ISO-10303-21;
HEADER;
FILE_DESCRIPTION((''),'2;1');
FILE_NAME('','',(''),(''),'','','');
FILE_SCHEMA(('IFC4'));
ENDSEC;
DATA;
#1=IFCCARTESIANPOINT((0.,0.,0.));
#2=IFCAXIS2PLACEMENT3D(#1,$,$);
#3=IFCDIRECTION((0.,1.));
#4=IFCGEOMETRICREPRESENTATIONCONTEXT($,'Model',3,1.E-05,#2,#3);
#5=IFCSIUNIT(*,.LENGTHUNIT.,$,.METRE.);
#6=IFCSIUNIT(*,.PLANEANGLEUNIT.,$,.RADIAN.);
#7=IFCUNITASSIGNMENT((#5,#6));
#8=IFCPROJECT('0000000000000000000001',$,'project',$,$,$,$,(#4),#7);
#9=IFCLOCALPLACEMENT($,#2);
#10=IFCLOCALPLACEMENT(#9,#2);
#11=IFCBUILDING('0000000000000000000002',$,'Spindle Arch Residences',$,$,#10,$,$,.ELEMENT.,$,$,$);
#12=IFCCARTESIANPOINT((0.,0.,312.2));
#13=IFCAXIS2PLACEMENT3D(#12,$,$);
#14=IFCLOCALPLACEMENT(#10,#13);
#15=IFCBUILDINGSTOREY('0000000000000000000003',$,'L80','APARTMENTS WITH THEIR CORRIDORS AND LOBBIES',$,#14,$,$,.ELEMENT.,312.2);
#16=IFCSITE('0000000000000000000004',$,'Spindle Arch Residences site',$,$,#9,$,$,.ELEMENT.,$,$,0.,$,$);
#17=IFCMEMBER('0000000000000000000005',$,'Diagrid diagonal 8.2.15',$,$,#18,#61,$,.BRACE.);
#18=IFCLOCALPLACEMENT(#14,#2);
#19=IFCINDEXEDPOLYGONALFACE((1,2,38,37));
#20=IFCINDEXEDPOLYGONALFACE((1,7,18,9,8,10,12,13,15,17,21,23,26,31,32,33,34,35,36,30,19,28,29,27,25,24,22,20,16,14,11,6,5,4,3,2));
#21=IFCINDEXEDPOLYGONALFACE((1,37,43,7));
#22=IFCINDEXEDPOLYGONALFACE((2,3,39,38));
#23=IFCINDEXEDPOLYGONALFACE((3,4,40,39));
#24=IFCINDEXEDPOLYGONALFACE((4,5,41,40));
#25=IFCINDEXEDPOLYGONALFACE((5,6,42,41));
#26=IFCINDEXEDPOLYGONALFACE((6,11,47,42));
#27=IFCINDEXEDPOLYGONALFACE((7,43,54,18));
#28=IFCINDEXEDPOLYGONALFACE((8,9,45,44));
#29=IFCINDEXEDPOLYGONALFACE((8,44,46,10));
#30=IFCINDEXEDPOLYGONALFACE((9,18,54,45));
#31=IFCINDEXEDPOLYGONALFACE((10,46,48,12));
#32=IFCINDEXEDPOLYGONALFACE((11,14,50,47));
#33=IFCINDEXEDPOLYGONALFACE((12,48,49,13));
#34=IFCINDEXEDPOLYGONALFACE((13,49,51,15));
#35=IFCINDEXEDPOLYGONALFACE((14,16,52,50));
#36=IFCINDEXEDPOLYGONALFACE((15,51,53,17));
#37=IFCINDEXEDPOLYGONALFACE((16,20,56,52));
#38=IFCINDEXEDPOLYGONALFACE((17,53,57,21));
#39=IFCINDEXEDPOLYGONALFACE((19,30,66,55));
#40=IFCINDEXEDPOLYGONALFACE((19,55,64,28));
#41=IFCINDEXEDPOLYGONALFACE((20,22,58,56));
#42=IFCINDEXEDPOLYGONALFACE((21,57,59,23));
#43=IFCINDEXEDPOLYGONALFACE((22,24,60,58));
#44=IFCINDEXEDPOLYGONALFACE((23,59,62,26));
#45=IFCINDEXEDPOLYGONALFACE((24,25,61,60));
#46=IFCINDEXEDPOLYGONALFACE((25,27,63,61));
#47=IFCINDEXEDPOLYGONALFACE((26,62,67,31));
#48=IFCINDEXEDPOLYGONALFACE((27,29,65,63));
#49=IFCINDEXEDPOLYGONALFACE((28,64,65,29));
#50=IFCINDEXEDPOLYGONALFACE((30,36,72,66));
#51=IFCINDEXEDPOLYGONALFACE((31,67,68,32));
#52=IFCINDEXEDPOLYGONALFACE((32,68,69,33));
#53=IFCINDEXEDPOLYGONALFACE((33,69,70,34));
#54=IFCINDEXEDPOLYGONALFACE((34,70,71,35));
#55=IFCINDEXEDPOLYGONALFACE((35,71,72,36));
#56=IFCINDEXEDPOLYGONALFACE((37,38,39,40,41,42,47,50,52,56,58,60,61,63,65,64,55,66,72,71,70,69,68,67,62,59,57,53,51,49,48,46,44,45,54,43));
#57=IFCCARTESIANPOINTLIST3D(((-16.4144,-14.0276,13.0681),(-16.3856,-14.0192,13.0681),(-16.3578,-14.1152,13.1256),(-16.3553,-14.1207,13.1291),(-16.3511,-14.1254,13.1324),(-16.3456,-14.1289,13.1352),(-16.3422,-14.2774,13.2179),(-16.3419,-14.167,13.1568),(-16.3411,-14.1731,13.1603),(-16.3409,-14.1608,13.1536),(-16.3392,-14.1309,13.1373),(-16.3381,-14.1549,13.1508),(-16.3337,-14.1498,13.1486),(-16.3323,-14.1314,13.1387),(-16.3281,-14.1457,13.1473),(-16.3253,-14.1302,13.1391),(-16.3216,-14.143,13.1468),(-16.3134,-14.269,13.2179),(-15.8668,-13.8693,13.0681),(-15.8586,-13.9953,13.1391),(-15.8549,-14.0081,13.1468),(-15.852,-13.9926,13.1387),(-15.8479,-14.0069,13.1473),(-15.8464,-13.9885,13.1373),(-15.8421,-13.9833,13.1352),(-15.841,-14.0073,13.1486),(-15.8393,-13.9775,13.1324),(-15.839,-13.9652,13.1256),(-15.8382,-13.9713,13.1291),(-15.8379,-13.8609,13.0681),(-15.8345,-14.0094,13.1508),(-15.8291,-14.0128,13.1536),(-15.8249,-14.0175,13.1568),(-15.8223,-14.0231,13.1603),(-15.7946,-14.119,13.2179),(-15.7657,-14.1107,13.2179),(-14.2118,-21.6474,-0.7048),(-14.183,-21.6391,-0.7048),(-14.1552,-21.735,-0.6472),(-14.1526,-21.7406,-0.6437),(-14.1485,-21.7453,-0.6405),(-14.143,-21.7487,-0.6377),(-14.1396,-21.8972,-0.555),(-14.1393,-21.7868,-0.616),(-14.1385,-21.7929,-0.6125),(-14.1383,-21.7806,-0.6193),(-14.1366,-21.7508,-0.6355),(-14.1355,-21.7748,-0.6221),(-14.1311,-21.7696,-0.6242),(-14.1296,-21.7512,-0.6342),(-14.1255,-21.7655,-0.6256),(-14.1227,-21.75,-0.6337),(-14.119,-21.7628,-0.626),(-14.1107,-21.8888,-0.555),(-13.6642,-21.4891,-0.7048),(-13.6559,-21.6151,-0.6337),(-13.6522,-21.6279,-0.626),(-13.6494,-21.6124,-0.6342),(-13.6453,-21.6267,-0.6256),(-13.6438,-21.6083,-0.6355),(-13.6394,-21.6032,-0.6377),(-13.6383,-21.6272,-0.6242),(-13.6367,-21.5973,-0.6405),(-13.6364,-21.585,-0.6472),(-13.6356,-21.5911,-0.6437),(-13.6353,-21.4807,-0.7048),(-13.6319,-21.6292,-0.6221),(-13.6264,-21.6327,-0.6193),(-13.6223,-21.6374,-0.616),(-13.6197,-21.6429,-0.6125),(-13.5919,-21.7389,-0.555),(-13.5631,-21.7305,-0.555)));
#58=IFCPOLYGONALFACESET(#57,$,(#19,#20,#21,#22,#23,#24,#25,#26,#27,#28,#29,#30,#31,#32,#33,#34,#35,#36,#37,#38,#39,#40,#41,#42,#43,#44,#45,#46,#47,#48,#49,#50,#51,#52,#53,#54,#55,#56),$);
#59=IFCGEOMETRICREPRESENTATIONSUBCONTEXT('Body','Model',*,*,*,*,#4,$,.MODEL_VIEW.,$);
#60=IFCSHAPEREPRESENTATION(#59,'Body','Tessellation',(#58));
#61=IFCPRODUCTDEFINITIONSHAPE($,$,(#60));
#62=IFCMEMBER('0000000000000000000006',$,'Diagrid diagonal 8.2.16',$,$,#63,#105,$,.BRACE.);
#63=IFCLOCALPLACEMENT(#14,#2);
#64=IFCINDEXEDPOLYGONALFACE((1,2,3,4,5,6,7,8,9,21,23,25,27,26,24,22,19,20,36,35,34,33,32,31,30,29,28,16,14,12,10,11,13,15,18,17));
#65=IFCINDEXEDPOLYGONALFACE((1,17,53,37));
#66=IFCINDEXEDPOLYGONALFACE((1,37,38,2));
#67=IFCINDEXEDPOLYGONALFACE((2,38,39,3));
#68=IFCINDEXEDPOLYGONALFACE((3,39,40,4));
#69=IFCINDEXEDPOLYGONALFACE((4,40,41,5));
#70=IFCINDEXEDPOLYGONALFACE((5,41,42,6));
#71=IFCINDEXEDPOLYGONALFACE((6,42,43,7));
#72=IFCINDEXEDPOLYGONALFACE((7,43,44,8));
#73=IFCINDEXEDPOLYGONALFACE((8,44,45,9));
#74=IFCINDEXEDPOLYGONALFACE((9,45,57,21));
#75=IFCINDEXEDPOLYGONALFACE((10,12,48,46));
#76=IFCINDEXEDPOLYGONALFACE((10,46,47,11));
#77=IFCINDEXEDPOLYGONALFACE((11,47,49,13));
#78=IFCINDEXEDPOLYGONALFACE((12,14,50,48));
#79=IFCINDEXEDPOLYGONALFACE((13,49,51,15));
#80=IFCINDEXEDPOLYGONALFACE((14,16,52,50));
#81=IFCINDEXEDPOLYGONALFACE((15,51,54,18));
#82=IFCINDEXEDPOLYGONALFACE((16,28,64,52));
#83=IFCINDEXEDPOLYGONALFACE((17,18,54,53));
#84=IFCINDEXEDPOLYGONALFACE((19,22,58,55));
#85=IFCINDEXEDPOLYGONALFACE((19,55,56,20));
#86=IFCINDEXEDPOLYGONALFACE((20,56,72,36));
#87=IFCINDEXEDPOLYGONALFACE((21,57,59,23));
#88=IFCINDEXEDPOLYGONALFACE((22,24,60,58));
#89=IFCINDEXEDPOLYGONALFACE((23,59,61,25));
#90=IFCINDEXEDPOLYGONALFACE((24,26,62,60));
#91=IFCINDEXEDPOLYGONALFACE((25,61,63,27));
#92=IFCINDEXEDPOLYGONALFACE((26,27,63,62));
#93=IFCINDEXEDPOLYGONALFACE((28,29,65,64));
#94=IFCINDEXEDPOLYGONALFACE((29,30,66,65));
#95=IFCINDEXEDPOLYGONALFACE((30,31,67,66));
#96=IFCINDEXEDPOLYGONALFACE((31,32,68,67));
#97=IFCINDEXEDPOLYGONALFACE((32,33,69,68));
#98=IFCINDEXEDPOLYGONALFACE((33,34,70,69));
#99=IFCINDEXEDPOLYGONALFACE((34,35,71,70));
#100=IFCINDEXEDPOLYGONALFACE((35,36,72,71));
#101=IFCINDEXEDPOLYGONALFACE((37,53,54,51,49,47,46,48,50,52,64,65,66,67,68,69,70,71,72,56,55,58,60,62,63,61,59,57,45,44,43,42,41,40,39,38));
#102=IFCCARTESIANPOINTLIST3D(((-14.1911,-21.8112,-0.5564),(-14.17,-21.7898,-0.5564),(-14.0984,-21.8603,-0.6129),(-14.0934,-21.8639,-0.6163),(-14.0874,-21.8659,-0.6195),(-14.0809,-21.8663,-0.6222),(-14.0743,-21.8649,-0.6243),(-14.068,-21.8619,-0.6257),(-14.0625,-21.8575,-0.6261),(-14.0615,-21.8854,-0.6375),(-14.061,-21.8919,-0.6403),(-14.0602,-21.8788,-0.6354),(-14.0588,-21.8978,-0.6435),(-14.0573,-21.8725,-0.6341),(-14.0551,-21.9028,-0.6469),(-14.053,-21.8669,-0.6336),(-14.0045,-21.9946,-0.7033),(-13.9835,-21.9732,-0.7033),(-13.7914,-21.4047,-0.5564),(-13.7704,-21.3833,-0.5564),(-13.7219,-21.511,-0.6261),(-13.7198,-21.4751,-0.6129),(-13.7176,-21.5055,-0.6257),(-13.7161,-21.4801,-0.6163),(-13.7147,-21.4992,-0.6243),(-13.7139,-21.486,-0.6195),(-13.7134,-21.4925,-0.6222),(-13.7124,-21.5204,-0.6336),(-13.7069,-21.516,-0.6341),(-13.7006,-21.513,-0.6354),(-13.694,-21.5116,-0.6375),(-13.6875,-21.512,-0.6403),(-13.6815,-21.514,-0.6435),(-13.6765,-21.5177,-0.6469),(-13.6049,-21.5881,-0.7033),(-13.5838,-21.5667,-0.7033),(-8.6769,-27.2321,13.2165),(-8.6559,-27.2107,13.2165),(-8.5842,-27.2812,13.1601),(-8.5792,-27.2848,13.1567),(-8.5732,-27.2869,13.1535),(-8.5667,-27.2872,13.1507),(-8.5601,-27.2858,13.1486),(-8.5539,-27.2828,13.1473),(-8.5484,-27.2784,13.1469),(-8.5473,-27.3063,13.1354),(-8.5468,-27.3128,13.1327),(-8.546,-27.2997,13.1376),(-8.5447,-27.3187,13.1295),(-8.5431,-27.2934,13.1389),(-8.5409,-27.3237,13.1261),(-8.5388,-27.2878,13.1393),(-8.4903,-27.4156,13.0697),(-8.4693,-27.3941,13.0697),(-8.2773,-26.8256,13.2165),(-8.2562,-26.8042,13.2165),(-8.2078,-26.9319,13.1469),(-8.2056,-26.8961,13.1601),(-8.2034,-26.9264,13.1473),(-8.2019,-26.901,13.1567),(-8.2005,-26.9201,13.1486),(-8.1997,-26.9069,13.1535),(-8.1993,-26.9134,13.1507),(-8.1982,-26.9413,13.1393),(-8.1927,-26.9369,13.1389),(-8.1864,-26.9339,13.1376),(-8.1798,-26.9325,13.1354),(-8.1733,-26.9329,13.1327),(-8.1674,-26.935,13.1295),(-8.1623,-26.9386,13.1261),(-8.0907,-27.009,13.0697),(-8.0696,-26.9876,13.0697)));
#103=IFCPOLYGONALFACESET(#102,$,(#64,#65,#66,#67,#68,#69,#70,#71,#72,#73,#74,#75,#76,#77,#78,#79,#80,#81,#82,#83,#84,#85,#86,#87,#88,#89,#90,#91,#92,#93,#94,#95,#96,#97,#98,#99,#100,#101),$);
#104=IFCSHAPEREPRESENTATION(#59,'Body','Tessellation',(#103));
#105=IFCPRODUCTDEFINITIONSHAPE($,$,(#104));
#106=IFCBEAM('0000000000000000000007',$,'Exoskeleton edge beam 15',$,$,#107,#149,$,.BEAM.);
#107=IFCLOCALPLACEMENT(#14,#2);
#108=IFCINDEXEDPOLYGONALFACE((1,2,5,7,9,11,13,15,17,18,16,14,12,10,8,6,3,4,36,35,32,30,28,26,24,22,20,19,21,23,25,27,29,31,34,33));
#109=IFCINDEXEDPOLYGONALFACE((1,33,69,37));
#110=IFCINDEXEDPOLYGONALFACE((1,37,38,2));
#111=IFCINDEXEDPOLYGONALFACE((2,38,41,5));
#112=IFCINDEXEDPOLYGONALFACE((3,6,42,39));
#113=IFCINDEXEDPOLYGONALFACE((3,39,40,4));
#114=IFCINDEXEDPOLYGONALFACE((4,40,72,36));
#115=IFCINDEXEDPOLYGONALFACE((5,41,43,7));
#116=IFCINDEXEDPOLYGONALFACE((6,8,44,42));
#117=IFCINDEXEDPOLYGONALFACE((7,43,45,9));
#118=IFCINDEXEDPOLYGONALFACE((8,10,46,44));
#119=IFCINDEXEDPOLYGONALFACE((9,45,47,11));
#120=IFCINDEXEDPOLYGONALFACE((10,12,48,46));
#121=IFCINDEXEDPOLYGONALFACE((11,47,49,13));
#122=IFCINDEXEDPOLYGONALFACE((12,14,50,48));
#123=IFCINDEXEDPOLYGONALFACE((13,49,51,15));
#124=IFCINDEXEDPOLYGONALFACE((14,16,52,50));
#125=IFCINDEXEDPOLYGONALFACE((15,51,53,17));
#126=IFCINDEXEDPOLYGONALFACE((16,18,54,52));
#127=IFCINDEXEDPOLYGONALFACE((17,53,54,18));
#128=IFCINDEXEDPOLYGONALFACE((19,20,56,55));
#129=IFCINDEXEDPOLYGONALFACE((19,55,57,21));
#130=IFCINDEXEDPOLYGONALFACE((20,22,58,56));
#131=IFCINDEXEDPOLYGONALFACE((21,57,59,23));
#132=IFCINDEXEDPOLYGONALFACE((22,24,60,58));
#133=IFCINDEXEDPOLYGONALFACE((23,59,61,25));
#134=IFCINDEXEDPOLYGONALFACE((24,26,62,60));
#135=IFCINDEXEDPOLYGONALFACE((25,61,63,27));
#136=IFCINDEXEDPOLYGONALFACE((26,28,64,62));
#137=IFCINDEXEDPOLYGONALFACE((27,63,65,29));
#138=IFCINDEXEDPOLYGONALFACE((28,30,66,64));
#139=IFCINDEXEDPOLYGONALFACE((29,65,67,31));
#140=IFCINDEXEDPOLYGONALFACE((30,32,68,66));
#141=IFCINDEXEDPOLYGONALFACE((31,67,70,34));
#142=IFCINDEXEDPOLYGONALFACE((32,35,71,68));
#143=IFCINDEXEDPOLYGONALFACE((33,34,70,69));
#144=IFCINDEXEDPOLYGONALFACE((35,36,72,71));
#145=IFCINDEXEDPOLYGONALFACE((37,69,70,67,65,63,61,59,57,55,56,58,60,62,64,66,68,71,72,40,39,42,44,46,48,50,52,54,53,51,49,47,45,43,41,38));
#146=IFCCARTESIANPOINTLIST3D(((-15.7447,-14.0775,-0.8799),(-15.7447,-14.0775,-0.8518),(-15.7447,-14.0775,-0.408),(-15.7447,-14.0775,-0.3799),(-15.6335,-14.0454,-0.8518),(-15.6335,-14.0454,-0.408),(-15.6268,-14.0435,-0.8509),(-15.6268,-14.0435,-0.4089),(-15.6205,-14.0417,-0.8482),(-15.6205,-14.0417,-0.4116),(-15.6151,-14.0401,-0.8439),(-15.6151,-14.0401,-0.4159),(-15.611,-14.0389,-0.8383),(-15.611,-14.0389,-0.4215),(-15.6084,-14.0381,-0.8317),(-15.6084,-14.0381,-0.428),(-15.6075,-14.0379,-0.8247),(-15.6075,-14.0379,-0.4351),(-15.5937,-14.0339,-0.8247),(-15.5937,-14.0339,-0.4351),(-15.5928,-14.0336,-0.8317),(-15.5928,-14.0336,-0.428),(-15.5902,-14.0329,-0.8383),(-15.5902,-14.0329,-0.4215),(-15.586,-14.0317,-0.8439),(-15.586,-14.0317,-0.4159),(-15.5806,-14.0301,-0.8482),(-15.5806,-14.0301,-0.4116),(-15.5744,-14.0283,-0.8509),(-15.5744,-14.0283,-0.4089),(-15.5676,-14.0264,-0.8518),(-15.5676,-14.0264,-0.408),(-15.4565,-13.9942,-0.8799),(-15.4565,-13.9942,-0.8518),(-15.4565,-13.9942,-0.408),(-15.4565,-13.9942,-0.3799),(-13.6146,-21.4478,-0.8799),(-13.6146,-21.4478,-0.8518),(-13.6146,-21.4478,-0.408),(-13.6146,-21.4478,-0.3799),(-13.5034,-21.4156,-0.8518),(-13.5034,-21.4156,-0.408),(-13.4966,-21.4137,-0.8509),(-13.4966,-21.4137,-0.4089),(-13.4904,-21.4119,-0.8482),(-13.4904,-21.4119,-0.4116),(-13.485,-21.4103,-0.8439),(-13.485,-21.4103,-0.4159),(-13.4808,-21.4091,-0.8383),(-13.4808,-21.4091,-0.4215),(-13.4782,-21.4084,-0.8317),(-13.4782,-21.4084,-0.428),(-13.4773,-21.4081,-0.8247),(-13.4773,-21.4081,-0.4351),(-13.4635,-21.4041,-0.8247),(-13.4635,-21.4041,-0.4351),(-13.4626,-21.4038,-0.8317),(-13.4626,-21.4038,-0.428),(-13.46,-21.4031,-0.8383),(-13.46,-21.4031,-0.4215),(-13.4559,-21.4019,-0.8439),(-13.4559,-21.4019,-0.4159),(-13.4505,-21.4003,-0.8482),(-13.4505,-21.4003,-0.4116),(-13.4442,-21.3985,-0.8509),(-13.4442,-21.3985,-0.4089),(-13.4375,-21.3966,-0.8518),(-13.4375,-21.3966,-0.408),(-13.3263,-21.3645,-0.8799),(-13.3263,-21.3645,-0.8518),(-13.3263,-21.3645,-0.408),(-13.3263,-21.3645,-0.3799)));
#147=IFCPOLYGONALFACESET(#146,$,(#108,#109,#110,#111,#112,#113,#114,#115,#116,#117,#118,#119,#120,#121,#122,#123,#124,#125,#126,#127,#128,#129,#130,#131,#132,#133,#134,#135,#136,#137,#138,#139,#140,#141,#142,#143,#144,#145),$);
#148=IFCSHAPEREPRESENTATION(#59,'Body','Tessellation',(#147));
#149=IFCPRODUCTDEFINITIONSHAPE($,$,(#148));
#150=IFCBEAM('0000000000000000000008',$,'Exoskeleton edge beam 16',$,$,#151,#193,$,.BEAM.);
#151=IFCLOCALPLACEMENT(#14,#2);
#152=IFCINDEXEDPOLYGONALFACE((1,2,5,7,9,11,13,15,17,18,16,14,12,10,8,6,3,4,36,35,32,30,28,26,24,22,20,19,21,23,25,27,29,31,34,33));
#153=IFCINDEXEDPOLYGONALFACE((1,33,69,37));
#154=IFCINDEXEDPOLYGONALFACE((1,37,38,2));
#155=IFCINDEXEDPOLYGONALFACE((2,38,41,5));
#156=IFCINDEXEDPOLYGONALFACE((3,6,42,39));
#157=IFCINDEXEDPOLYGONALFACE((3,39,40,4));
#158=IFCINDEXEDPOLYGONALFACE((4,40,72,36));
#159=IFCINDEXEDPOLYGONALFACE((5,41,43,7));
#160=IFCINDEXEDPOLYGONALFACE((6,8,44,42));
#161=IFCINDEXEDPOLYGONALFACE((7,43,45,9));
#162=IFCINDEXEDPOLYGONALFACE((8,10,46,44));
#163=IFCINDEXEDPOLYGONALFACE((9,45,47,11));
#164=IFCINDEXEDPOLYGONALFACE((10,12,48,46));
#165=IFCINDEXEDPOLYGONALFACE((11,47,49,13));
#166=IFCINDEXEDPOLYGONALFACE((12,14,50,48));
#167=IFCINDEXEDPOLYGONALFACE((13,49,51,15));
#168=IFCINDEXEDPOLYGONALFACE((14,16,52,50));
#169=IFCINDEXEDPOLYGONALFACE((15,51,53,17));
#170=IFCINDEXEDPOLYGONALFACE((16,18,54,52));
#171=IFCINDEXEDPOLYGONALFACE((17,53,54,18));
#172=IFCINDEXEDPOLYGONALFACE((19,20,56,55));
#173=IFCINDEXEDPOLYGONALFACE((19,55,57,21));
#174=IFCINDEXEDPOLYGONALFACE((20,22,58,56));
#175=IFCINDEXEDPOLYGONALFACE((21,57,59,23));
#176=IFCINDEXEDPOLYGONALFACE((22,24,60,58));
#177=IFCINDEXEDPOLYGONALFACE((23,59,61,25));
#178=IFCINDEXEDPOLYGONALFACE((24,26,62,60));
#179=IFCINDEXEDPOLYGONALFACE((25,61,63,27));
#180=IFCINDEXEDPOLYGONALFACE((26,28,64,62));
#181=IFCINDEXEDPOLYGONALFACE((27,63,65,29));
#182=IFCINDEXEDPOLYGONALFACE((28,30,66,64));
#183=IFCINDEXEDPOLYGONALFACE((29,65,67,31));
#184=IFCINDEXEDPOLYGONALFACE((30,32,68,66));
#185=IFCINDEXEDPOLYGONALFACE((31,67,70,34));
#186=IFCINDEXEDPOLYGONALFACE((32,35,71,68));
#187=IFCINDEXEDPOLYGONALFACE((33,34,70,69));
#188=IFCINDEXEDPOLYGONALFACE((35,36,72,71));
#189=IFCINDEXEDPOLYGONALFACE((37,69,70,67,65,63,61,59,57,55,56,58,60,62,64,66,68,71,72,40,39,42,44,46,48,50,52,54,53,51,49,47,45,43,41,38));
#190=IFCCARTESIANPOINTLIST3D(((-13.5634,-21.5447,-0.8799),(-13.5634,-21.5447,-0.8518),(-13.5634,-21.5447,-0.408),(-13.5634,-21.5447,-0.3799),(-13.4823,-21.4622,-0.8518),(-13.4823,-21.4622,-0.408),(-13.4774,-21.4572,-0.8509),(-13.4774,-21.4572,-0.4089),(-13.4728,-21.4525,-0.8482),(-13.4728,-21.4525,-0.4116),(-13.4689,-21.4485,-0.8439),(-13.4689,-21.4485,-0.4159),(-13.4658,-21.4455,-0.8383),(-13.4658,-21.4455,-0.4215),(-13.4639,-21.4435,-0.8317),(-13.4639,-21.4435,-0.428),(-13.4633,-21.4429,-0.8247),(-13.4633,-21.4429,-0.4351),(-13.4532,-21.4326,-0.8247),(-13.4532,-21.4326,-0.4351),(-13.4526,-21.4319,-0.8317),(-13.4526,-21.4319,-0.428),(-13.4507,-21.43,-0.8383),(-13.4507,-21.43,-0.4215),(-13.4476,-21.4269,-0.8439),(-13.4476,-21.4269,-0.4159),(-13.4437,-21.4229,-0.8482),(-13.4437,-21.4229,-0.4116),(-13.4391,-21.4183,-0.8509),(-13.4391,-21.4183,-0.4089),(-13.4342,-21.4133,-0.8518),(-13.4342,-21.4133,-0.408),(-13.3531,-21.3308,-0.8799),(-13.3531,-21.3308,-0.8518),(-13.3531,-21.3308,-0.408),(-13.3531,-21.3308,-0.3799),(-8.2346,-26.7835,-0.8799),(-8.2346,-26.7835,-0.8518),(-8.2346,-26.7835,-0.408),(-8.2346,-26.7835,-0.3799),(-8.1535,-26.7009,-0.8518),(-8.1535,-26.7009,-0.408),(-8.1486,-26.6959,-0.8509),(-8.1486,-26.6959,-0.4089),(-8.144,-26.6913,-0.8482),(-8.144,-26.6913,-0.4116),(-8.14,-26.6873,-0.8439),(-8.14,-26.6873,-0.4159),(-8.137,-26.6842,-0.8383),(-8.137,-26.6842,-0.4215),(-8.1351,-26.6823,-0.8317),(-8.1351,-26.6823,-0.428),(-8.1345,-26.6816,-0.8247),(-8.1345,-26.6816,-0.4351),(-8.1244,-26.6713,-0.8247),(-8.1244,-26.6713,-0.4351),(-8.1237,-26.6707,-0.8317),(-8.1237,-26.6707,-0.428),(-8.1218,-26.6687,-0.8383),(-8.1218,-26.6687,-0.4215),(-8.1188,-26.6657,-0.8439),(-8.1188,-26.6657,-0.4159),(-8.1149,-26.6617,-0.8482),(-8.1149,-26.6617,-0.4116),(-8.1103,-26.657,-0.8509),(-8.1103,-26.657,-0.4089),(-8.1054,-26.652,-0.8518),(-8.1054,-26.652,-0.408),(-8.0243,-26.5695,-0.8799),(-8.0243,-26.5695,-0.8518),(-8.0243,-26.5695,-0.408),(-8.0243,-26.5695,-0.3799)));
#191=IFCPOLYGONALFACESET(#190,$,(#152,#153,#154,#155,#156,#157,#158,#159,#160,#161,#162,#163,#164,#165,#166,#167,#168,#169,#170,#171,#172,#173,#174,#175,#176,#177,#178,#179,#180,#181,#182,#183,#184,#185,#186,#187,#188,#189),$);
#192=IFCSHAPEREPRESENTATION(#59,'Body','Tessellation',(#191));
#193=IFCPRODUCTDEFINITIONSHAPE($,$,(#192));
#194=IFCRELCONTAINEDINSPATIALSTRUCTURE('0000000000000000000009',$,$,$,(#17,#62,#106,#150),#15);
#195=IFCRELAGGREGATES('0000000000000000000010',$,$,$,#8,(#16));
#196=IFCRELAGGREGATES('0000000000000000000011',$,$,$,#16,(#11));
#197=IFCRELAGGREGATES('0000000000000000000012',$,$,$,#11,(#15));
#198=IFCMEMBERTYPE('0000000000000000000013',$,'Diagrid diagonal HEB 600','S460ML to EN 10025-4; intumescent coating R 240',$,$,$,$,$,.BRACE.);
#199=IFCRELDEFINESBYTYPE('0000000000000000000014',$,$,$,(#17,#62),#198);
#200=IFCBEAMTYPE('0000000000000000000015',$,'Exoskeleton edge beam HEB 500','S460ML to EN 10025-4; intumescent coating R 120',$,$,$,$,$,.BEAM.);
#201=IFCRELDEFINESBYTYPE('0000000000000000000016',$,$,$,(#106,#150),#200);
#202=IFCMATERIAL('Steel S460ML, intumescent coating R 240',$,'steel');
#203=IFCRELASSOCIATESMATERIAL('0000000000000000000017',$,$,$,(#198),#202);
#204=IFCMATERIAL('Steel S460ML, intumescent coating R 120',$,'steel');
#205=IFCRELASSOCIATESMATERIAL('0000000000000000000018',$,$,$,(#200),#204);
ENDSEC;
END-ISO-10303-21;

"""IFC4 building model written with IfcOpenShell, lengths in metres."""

from ifc_helpers import new_model, si_unit, direction, frame, origin, origin_2d, place, context, subcontext, project, spatial, i_section, extrude, material, material_profile, profile_set, type_object, element, save


model = new_model("IFC4")

# Units and contexts
model_context = context("Model", 3, precision=1e-05, world=origin(), true_north=direction((0.0, 1.0)))
body_context = subcontext(model_context, "Body", "Model", "MODEL_VIEW")
ifc_project = project(units=[si_unit("LENGTHUNIT", "METRE"), si_unit("PLANEANGLEUNIT", "RADIAN")], contexts=[model_context])

# Site, building, storey
site_placement = place(None, origin())
site = spatial("IfcSite", under=ifc_project, at=site_placement, Name="Spindle Arch Residences site", CompositionType="ELEMENT", RefElevation=0.0)
building_placement = place(site_placement, origin())
building = spatial("IfcBuilding", under=site, at=building_placement, Name="Spindle Arch Residences", CompositionType="ELEMENT")
storey_placement = place(building_placement, frame((0.0, 0.0, 312.2)))
storey = spatial("IfcBuildingStorey", under=building, at=storey_placement, Name="L80", Description="APARTMENTS WITH THEIR CORRIDORS AND LOBBIES", CompositionType="ELEMENT", Elevation=312.2)

# Members
ifc_material_1 = material(Name="Steel S460ML, intumescent coating R 240", Category="steel")
ifc_material_profile_1 = material_profile(ifc_material_1, i_section(OverallWidth=0.3, OverallDepth=0.6001, WebThickness=0.0154, FlangeThickness=0.03, FilletRadius=0.0271, at=origin_2d()), Name="HEB 600")
ifc_profile_set_1 = profile_set([ifc_material_profile_1], Name="Steel S460ML, intumescent coating R 240")
member_type_1 = type_object("IfcMemberType", Name="Diagrid diagonal HEB 600", Description="S460ML to EN 10025-4; intumescent coating R 240", PredefinedType="BRACE", material=ifc_profile_set_1)
member_1_placement = place(storey_placement, frame((-13.8875, -21.689, -0.6299), z_axis=(-0.138586, 0.479429, 0.866569), x_axis=(0.240642, -0.832486, 0.499057)))
element("IfcMember", 1, at=member_1_placement, inside=storey, type_object=member_type_1, Name="Diagrid diagonal 8.2.15", PredefinedType="BRACE", context=body_context, shape_type="SweptSolid", body=[
    extrude(i_section(OverallWidth=0.3, OverallDepth=0.6001, WebThickness=0.0154, FlangeThickness=0.03, FilletRadius=0.0271, at=origin_2d()), origin(), (0.0, 0.0, 1.0), 15.8936),
])
member_2_placement = place(storey_placement, frame((-13.8875, -21.689, -0.6299), z_axis=(0.349105, -0.343201, 0.871974), x_axis=(-0.621815, 0.611298, 0.489552)))
element("IfcMember", 2, at=member_2_placement, inside=storey, type_object=member_type_1, Name="Diagrid diagonal 8.2.16", PredefinedType="BRACE", context=body_context, shape_type="SweptSolid", body=[
    extrude(i_section(OverallWidth=0.3, OverallDepth=0.6001, WebThickness=0.0154, FlangeThickness=0.03, FilletRadius=0.0271, at=origin_2d()), origin(), (0.0, 0.0, 1.0), 15.7952),
])

# Beams
ifc_material_2 = material(Name="Steel S460ML, intumescent coating R 120", Category="steel")
ifc_material_profile_2 = material_profile(ifc_material_2, i_section(OverallWidth=0.3, OverallDepth=0.5, WebThickness=0.0144, FlangeThickness=0.0281, FilletRadius=0.0271, at=origin_2d()), Name="HEB 500")
ifc_profile_set_2 = profile_set([ifc_material_profile_2], Name="Steel S460ML, intumescent coating R 120")
beam_type_1 = type_object("IfcBeamType", Name="Exoskeleton edge beam HEB 500", Description="S460ML to EN 10025-4; intumescent coating R 120", PredefinedType="BEAM", material=ifc_profile_set_2)
beam_1_placement = place(storey_placement, frame((-15.6006, -14.0359, -0.6299), z_axis=(0.277658, -0.96068, 0.0), x_axis=(0.96068, 0.277658, 0.0)))
element("IfcBeam", 3, at=beam_1_placement, inside=storey, type_object=beam_type_1, Name="Exoskeleton edge beam 15", PredefinedType="BEAM", context=body_context, shape_type="SweptSolid", body=[
    extrude(i_section(OverallWidth=0.3, OverallDepth=0.5, WebThickness=0.0144, FlangeThickness=0.0281, FilletRadius=0.0271, at=origin_2d()), origin(), (0.0, 0.0, 1.0), 7.6719),
])
beam_2_placement = place(storey_placement, frame((-13.4583, -21.4377, -0.6299), z_axis=(0.713109, -0.701053, 0.0), x_axis=(0.701053, 0.713109, 0.0)))
element("IfcBeam", 4, at=beam_2_placement, inside=storey, type_object=beam_type_1, Name="Exoskeleton edge beam 16", PredefinedType="BEAM", context=body_context, shape_type="SweptSolid", body=[
    extrude(i_section(OverallWidth=0.3, OverallDepth=0.5, WebThickness=0.0144, FlangeThickness=0.0281, FilletRadius=0.0271, at=origin_2d()), origin(), (0.0, 0.0, 1.0), 7.4727),
])

save(model, "model.ifc")
